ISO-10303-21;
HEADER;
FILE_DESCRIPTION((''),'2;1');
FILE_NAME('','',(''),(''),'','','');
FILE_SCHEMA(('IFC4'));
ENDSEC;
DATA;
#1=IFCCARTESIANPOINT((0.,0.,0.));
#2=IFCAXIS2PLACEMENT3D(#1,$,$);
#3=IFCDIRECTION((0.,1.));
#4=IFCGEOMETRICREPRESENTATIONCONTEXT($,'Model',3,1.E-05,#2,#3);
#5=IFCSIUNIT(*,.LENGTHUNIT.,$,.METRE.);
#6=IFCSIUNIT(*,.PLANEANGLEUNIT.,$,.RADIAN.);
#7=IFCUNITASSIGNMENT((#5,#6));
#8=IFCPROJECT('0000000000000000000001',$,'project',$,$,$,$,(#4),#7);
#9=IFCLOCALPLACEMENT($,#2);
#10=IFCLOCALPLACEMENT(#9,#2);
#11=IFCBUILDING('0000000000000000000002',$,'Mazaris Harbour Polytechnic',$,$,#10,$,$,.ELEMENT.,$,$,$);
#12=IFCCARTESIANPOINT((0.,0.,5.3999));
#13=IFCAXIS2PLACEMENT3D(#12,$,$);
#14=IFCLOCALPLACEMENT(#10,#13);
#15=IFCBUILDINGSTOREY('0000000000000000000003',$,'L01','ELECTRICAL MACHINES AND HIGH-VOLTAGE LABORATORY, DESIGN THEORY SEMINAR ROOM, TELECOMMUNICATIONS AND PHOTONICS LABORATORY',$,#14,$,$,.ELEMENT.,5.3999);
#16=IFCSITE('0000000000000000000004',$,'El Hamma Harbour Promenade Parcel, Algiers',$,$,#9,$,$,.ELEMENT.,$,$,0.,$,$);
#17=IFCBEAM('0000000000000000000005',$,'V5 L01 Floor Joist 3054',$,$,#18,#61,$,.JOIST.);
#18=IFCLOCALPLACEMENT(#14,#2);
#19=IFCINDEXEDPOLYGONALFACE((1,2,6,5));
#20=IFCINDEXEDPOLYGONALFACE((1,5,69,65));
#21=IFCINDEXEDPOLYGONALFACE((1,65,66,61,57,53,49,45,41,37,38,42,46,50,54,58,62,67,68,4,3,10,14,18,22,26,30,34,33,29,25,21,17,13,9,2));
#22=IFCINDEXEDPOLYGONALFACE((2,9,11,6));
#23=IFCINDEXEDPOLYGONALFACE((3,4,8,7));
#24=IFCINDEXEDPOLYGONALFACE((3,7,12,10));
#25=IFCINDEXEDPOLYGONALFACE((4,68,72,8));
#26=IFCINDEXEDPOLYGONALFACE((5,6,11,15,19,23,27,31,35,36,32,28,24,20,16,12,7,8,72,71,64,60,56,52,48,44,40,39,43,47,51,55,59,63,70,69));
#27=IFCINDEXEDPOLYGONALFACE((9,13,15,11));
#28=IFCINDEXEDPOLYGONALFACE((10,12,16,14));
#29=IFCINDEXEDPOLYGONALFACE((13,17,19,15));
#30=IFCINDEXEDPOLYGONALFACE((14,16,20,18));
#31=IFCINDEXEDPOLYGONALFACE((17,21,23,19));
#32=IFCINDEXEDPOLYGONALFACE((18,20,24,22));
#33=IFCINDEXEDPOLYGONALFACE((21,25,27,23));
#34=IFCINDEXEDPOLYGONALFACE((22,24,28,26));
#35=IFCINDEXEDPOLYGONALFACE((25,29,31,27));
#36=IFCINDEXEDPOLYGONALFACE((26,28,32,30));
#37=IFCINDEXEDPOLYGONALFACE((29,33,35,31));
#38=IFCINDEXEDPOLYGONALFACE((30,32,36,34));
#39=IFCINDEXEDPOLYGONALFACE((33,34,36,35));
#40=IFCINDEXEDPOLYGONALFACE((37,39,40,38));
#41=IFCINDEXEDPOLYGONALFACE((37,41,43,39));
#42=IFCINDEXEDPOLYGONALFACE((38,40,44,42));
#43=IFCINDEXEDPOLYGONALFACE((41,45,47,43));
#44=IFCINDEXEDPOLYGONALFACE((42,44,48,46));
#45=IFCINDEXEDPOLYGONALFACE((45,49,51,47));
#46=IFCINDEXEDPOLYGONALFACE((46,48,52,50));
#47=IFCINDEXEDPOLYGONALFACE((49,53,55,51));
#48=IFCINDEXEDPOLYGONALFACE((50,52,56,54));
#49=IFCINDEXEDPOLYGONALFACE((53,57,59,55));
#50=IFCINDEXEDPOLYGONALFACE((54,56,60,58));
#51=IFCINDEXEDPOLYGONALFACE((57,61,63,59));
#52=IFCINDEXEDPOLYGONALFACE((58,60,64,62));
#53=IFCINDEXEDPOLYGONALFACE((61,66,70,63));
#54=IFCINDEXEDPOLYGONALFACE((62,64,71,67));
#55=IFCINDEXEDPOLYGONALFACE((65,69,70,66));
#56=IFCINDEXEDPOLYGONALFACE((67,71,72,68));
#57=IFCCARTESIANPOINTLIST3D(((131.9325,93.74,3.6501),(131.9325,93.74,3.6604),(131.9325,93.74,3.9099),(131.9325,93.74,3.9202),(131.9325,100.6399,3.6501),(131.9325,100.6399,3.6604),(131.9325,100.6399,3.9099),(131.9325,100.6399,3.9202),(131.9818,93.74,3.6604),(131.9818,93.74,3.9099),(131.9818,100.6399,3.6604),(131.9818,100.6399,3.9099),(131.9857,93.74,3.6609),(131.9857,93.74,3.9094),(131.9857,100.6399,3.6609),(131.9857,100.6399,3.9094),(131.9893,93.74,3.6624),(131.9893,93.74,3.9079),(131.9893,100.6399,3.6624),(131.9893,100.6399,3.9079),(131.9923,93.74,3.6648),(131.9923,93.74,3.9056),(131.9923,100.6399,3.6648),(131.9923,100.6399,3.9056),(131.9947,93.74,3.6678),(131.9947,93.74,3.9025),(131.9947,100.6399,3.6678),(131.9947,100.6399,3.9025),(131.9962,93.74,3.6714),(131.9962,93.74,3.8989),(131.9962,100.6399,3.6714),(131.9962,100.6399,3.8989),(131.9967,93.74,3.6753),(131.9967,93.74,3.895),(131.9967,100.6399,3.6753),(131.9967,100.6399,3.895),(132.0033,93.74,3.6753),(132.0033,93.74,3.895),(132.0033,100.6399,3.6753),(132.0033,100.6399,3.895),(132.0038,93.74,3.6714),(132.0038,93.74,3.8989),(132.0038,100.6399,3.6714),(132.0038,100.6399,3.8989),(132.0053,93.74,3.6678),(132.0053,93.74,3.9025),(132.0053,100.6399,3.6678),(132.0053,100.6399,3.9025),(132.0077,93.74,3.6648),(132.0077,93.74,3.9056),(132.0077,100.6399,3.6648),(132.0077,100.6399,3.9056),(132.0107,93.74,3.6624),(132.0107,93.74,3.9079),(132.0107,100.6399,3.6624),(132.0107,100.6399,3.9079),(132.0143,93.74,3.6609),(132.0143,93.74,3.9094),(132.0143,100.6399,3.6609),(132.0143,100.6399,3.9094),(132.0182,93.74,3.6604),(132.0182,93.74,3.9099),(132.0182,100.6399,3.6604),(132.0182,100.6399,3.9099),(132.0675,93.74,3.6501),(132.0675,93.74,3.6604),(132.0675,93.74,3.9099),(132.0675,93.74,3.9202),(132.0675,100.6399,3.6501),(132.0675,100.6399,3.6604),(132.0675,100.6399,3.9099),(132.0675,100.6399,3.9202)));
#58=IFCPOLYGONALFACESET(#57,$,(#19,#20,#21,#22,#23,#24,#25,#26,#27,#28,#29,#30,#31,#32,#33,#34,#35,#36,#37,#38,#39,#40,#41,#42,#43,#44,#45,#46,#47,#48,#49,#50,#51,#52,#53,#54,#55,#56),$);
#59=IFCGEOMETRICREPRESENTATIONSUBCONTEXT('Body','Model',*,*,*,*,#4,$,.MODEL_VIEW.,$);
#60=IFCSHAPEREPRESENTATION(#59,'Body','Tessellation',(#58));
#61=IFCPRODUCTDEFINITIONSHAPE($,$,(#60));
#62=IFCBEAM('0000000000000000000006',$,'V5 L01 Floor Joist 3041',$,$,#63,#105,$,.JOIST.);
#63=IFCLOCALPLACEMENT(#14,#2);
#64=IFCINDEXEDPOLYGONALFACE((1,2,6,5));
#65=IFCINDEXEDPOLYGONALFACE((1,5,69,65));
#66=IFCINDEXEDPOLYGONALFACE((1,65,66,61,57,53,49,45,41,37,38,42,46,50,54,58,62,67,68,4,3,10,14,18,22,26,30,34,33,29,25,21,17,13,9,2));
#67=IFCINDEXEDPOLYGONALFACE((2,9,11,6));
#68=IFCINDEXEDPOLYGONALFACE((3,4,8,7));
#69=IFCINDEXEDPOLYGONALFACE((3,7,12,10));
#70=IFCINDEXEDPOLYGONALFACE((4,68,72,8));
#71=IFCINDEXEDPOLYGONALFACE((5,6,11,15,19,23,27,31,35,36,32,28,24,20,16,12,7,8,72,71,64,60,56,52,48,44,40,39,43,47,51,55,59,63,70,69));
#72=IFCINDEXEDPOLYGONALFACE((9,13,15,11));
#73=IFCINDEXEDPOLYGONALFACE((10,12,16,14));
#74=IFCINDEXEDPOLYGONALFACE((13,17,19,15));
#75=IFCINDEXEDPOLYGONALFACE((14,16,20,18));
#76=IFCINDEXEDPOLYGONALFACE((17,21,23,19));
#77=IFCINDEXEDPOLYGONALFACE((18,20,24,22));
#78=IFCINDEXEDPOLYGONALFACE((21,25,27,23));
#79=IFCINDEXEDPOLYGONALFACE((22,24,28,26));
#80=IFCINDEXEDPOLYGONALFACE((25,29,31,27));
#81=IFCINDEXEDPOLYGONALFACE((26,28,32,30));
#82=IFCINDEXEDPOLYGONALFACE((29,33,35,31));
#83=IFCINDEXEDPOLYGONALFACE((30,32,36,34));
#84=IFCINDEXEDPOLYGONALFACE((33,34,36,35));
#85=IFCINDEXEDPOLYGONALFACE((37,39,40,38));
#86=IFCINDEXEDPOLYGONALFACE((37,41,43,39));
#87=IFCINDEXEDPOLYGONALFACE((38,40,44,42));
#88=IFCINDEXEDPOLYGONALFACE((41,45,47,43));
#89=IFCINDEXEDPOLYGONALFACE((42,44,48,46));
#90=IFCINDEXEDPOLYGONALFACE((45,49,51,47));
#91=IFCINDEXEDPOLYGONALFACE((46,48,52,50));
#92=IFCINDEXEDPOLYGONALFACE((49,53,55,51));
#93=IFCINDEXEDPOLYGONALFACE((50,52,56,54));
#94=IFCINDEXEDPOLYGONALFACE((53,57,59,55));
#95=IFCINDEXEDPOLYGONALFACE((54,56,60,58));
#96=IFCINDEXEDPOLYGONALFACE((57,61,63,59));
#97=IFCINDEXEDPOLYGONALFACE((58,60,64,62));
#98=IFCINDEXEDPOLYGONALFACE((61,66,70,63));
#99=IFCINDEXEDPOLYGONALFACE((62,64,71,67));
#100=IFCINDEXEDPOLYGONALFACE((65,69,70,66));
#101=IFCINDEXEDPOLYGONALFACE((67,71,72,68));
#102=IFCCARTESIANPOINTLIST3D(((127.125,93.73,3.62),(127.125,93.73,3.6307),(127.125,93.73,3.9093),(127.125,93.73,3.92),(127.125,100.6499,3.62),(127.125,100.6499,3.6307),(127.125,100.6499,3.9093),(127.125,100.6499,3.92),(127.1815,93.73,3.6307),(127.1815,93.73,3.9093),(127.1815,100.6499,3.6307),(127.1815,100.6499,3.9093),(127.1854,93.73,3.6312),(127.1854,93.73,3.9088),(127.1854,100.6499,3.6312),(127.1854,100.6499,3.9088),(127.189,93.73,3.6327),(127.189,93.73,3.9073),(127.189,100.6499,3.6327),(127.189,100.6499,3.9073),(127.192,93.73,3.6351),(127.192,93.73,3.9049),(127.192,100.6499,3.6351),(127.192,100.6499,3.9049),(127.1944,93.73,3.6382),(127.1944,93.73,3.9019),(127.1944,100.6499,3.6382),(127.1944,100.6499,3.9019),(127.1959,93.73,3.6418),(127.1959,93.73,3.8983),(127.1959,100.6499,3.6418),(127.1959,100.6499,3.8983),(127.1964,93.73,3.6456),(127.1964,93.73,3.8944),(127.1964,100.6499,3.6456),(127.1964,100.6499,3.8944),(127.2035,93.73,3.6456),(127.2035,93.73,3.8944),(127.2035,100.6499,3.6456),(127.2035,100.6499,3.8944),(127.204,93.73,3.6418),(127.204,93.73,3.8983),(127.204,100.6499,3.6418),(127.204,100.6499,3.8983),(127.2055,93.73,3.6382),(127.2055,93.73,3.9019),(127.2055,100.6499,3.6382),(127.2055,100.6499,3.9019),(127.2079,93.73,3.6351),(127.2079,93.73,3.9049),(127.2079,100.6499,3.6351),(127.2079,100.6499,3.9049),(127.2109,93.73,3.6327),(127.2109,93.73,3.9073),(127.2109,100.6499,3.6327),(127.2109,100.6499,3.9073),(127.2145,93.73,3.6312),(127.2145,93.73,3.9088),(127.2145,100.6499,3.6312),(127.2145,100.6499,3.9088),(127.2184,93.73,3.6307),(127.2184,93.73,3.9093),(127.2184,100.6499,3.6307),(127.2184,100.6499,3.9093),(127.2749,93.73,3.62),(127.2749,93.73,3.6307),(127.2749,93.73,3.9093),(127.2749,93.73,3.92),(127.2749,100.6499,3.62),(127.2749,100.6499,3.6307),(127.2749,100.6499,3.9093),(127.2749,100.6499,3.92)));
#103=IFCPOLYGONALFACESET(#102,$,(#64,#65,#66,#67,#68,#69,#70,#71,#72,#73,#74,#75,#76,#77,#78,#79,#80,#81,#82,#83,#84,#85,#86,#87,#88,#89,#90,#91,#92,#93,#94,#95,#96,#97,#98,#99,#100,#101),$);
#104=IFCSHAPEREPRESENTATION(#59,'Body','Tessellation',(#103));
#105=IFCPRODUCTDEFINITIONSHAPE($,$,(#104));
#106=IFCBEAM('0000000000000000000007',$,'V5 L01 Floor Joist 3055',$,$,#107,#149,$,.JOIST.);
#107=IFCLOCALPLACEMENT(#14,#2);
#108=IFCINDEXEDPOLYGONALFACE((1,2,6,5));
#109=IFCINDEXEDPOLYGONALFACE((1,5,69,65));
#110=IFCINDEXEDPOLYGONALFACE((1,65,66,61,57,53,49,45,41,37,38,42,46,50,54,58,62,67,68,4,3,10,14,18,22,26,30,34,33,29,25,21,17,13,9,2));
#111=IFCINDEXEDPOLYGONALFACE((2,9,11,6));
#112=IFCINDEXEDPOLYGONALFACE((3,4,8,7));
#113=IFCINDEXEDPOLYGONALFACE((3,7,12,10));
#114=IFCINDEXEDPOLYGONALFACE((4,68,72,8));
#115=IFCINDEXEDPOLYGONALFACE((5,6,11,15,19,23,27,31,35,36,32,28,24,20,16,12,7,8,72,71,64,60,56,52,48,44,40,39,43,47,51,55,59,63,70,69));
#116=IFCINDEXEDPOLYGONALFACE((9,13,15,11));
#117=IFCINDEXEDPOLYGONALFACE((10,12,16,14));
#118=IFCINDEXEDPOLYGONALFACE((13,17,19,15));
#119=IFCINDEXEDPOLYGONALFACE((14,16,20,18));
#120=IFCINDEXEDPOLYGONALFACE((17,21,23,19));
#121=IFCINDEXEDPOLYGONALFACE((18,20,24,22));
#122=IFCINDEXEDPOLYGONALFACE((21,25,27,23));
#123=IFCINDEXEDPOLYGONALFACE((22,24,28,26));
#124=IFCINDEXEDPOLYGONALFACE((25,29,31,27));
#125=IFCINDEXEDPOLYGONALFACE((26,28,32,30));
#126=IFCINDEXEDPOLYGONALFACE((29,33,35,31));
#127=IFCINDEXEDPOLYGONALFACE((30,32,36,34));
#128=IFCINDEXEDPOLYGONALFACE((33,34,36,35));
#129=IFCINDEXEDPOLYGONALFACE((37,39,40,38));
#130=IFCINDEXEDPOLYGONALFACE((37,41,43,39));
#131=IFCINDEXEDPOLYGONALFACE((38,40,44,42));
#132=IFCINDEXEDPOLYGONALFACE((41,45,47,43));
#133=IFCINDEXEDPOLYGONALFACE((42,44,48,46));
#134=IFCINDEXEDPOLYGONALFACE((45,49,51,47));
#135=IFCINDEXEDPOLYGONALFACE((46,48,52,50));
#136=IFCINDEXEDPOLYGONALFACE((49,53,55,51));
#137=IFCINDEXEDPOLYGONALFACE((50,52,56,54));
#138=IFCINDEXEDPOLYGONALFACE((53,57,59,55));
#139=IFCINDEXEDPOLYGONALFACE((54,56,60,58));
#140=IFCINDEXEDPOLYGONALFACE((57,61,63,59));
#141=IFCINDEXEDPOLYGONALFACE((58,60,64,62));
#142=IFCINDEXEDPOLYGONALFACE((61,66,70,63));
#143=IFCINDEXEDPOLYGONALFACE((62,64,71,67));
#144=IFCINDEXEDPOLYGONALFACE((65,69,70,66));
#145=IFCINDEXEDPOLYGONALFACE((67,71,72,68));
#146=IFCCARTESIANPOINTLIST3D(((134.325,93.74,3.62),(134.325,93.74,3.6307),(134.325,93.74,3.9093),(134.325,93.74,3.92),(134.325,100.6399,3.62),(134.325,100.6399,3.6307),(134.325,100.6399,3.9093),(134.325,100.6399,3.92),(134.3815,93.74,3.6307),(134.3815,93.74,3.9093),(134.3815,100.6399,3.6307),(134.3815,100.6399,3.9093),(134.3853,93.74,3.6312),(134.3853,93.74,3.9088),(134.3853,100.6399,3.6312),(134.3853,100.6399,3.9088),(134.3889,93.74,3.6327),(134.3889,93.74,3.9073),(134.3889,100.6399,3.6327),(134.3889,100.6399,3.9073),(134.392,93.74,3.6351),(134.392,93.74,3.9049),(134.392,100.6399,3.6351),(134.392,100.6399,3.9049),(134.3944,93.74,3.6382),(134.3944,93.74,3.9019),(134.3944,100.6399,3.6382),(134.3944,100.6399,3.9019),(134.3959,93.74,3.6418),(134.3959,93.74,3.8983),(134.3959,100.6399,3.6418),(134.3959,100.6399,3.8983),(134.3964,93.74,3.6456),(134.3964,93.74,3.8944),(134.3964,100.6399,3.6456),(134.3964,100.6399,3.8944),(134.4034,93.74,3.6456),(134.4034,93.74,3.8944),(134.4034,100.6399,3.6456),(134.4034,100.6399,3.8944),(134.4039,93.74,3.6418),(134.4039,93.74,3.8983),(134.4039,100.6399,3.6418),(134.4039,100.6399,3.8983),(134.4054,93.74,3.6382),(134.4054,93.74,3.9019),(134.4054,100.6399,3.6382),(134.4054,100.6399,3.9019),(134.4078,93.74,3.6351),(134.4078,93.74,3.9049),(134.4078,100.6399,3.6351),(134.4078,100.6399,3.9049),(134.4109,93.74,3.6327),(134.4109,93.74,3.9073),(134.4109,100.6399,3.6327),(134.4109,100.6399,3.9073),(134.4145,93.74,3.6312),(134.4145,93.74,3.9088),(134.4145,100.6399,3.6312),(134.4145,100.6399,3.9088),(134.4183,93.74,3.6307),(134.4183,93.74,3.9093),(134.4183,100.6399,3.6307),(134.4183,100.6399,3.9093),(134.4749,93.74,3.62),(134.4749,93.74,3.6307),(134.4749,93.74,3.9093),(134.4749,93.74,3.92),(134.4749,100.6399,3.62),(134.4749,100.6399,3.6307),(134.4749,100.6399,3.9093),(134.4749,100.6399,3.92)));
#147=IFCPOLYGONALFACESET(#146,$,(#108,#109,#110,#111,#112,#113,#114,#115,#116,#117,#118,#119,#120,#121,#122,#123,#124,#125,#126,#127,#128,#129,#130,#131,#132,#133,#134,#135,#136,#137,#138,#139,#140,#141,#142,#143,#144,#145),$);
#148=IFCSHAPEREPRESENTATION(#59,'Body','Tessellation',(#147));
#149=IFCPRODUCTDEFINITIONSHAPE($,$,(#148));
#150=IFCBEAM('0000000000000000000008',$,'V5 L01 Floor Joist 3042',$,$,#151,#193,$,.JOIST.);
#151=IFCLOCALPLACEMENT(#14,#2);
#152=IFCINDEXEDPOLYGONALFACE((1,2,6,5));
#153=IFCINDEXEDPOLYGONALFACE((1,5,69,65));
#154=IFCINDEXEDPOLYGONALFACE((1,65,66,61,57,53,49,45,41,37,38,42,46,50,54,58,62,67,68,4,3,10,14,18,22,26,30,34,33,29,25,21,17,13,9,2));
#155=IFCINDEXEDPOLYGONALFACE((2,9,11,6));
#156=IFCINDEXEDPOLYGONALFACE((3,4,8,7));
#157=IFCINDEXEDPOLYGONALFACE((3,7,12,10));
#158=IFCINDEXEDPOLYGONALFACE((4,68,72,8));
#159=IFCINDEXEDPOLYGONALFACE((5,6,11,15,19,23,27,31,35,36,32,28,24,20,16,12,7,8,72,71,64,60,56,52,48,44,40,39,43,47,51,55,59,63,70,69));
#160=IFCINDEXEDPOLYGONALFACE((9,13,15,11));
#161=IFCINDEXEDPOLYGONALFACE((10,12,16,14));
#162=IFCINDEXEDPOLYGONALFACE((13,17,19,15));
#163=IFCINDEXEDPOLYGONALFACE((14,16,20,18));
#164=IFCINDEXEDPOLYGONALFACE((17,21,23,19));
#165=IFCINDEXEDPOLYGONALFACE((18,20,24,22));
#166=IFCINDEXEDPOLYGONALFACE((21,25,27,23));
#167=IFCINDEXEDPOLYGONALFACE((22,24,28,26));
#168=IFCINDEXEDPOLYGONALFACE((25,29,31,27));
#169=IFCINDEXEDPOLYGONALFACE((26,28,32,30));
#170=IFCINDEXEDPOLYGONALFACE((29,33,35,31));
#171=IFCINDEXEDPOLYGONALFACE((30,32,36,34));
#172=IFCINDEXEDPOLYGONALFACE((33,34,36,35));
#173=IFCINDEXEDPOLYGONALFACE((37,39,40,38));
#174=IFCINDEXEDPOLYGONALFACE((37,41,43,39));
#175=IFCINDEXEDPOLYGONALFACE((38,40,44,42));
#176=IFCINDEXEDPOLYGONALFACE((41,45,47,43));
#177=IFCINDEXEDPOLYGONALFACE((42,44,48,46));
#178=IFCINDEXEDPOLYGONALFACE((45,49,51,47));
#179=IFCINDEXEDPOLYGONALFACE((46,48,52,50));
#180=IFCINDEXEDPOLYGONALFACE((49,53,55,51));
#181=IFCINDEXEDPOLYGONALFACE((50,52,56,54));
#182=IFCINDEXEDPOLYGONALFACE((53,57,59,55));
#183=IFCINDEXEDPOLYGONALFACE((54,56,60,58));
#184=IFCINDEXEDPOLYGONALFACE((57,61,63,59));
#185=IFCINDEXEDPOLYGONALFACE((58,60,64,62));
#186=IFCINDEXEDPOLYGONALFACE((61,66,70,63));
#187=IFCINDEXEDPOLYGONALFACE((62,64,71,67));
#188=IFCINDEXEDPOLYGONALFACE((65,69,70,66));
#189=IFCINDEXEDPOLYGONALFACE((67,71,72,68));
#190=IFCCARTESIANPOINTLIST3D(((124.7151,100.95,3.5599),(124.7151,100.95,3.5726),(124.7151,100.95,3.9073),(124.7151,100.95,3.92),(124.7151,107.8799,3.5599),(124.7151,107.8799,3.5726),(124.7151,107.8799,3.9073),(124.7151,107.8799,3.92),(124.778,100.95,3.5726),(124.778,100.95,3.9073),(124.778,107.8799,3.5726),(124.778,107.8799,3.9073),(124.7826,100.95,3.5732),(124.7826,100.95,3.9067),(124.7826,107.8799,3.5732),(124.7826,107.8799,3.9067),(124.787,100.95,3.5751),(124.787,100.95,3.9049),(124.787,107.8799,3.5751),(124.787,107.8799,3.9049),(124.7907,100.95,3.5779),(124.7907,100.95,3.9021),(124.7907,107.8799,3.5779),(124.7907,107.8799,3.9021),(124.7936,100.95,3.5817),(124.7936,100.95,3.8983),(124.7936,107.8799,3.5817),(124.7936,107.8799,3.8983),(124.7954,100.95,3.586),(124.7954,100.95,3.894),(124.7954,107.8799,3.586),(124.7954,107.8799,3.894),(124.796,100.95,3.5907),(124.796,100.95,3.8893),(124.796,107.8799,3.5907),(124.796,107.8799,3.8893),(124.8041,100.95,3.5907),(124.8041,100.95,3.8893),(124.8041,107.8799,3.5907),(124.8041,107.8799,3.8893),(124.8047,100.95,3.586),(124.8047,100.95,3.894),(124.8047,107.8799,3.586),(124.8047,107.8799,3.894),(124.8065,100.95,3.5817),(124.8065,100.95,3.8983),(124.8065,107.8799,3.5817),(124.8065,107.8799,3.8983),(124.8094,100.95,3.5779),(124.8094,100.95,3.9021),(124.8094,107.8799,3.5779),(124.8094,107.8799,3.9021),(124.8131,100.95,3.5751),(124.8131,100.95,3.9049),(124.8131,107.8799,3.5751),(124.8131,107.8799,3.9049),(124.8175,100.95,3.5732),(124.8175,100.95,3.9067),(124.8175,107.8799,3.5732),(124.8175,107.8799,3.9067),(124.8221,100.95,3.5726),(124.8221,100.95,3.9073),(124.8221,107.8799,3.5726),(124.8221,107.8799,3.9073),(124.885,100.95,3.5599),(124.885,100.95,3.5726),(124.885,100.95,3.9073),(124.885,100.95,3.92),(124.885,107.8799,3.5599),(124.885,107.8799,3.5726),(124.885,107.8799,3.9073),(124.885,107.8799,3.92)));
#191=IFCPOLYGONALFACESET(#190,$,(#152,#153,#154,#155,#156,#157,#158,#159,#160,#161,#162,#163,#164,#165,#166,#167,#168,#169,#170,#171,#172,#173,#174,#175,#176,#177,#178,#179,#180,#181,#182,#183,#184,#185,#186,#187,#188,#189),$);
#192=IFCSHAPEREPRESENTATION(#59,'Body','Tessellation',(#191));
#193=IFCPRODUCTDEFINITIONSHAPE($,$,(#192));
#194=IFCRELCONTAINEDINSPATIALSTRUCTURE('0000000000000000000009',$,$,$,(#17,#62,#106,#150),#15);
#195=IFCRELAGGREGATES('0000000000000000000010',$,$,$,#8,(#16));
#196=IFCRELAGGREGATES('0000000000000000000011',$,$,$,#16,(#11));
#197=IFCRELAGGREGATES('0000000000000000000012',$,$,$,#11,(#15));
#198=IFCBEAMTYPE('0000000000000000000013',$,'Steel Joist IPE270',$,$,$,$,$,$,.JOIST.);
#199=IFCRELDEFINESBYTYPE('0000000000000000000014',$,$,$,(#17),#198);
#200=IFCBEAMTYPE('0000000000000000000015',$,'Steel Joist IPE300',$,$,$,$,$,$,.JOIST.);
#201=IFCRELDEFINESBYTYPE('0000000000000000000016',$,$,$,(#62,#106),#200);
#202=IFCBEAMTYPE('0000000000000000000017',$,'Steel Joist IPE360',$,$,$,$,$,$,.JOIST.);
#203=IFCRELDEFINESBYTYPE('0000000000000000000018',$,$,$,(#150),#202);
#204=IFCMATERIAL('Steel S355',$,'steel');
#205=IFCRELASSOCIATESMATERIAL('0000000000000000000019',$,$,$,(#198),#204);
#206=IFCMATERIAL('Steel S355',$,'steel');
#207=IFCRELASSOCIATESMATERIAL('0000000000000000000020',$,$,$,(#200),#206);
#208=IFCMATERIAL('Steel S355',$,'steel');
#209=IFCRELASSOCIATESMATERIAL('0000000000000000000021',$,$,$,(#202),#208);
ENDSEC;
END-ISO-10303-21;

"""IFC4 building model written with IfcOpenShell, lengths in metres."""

from ifc_helpers import new_model, si_unit, direction, frame, origin, origin_2d, place, context, subcontext, project, spatial, i_section, extrude, material, material_profile, profile_set, type_object, element, save


model = new_model("IFC4")

# Units and contexts
model_context = context("Model", 3, precision=1e-05, world=origin(), true_north=direction((0.0, 1.0)))
body_context = subcontext(model_context, "Body", "Model", "MODEL_VIEW")
ifc_project = project(units=[si_unit("LENGTHUNIT", "METRE"), si_unit("PLANEANGLEUNIT", "RADIAN")], contexts=[model_context])

# Site, building, storey
site_placement = place(None, origin())
site = spatial("IfcSite", under=ifc_project, at=site_placement, Name="El Hamma Harbour Promenade Parcel, Algiers", CompositionType="ELEMENT", RefElevation=0.0)
building_placement = place(site_placement, origin())
building = spatial("IfcBuilding", under=site, at=building_placement, Name="Mazaris Harbour Polytechnic", CompositionType="ELEMENT")
storey_placement = place(building_placement, frame((0.0, 0.0, 5.3999)))
storey = spatial("IfcBuildingStorey", under=building, at=storey_placement, Name="L01", Description="ELECTRICAL MACHINES AND HIGH-VOLTAGE LABORATORY, DESIGN THEORY SEMINAR ROOM, TELECOMMUNICATIONS AND PHOTONICS LABORATORY", CompositionType="ELEMENT", Elevation=5.3999)

# Beams
ifc_material_1 = material(Name="Steel S355", Category="steel")
ifc_material_profile_1 = material_profile(ifc_material_1, i_section(OverallWidth=0.135, OverallDepth=0.27, WebThickness=0.0066, FlangeThickness=0.0103, FilletRadius=0.0149, at=origin_2d()), Name="IPE 270")
ifc_profile_set_1 = profile_set([ifc_material_profile_1], Name="Steel S355")
beam_type_1 = type_object("IfcBeamType", Name="Steel Joist IPE270", PredefinedType="JOIST", material=ifc_profile_set_1)
beam_1_placement = place(storey_placement, frame((132.0, 93.74, 3.7852), z_axis=(0.0, 1.0, 0.0), x_axis=(-1.0, 0.0, 0.0)))
element("IfcBeam", 1, at=beam_1_placement, inside=storey, type_object=beam_type_1, Name="V5 L01 Floor Joist 3054", PredefinedType="JOIST", context=body_context, shape_type="SweptSolid", body=[
    extrude(i_section(OverallWidth=0.135, OverallDepth=0.27, WebThickness=0.0066, FlangeThickness=0.0103, FilletRadius=0.0149, at=origin_2d()), origin(), (0.0, 0.0, 1.0), 6.8999),
])
ifc_material_2 = material(Name="Steel S355", Category="steel")
ifc_material_profile_2 = material_profile(ifc_material_2, i_section(OverallWidth=0.1499, OverallDepth=0.3, WebThickness=0.0071, FlangeThickness=0.0107, FilletRadius=0.0149, at=origin_2d()), Name="IPE 300")
ifc_profile_set_2 = profile_set([ifc_material_profile_2], Name="Steel S355")
beam_type_2 = type_object("IfcBeamType", Name="Steel Joist IPE300", PredefinedType="JOIST", material=ifc_profile_set_2)
beam_2_placement = place(storey_placement, frame((127.2, 93.73, 3.77), z_axis=(0.0, 1.0, 0.0), x_axis=(-1.0, 0.0, 0.0)))
element("IfcBeam", 2, at=beam_2_placement, inside=storey, type_object=beam_type_2, Name="V5 L01 Floor Joist 3041", PredefinedType="JOIST", context=body_context, shape_type="SweptSolid", body=[
    extrude(i_section(OverallWidth=0.1499, OverallDepth=0.3, WebThickness=0.0071, FlangeThickness=0.0107, FilletRadius=0.0149, at=origin_2d()), origin(), (0.0, 0.0, 1.0), 6.9199),
])
beam_3_placement = place(storey_placement, frame((134.3999, 93.74, 3.77), z_axis=(0.0, 1.0, 0.0), x_axis=(-1.0, 0.0, 0.0)))
element("IfcBeam", 3, at=beam_3_placement, inside=storey, type_object=beam_type_2, Name="V5 L01 Floor Joist 3055", PredefinedType="JOIST", context=body_context, shape_type="SweptSolid", body=[
    extrude(i_section(OverallWidth=0.1499, OverallDepth=0.3, WebThickness=0.0071, FlangeThickness=0.0107, FilletRadius=0.0149, at=origin_2d()), origin(), (0.0, 0.0, 1.0), 6.8999),
])
ifc_material_3 = material(Name="Steel S355", Category="steel")
ifc_material_profile_3 = material_profile(ifc_material_3, i_section(OverallWidth=0.1699, OverallDepth=0.3601, WebThickness=0.0081, FlangeThickness=0.0127, FilletRadius=0.0181, at=origin_2d()), Name="IPE 360")
ifc_profile_set_3 = profile_set([ifc_material_profile_3], Name="Steel S355")
beam_type_3 = type_object("IfcBeamType", Name="Steel Joist IPE360", PredefinedType="JOIST", material=ifc_profile_set_3)
beam_4_placement = place(storey_placement, frame((124.8, 100.95, 3.74), z_axis=(0.0, 1.0, 0.0), x_axis=(-1.0, 0.0, 0.0)))
element("IfcBeam", 4, at=beam_4_placement, inside=storey, type_object=beam_type_3, Name="V5 L01 Floor Joist 3042", PredefinedType="JOIST", context=body_context, shape_type="SweptSolid", body=[
    extrude(i_section(OverallWidth=0.1699, OverallDepth=0.3601, WebThickness=0.0081, FlangeThickness=0.0127, FilletRadius=0.0181, at=origin_2d()), origin(), (0.0, 0.0, 1.0), 6.9299),
])

save(model, "model.ifc")
